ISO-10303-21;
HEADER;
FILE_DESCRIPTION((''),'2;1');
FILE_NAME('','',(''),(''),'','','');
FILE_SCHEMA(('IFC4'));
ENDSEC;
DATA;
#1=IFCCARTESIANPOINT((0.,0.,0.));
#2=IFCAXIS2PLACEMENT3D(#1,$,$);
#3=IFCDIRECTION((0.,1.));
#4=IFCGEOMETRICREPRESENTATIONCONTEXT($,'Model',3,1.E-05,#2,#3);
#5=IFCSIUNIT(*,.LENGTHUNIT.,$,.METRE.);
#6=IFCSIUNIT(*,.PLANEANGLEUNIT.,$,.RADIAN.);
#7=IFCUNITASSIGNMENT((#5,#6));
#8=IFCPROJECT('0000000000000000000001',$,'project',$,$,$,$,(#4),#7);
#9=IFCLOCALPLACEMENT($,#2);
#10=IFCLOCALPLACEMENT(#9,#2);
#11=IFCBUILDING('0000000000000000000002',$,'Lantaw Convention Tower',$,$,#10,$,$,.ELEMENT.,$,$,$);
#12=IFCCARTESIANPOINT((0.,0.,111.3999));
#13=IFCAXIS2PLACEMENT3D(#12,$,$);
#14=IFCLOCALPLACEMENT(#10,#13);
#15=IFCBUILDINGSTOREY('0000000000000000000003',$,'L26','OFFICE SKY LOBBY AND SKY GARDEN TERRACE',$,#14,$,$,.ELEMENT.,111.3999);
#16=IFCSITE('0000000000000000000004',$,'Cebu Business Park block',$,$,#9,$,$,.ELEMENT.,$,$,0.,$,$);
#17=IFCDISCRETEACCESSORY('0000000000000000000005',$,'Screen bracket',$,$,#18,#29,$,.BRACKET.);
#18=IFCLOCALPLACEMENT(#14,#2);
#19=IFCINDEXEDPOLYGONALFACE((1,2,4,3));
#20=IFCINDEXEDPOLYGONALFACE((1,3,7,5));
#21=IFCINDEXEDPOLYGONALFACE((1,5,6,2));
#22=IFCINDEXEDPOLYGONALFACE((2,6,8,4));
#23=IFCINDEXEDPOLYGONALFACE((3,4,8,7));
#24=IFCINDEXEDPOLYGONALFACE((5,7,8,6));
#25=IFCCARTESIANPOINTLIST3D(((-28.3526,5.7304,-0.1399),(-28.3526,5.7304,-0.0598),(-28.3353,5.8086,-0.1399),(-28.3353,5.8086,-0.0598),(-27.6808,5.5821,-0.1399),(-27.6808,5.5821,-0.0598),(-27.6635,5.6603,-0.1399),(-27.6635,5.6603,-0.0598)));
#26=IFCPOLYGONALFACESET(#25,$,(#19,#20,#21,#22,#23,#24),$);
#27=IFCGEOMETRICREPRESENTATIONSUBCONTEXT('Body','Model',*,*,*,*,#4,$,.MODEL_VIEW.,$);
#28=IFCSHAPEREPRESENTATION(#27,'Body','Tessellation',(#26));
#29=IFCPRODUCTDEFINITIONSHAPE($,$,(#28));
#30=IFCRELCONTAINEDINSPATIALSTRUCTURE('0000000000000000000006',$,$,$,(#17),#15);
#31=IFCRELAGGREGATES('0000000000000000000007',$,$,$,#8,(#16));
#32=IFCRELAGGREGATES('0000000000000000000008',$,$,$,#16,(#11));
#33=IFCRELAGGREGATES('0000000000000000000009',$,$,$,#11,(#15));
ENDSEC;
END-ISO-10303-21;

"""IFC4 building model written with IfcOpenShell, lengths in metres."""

from ifc_helpers import new_model, si_unit, direction, frame, origin, origin_2d, place, context, subcontext, project, spatial, rectangle, extrude, element, save


model = new_model("IFC4")

# Units and contexts
model_context = context("Model", 3, precision=1e-05, world=origin(), true_north=direction((0.0, 1.0)))
body_context = subcontext(model_context, "Body", "Model", "MODEL_VIEW")
ifc_project = project(units=[si_unit("LENGTHUNIT", "METRE"), si_unit("PLANEANGLEUNIT", "RADIAN")], contexts=[model_context])

# Site, building, storey
site_placement = place(None, origin())
site = spatial("IfcSite", under=ifc_project, at=site_placement, Name="Cebu Business Park block", CompositionType="ELEMENT", RefElevation=0.0)
building_placement = place(site_placement, origin())
building = spatial("IfcBuilding", under=site, at=building_placement, Name="Lantaw Convention Tower", CompositionType="ELEMENT")
storey_placement = place(building_placement, frame((0.0, 0.0, 111.3999)))
storey = spatial("IfcBuildingStorey", under=building, at=storey_placement, Name="L26", Description="OFFICE SKY LOBBY AND SKY GARDEN TERRACE", CompositionType="ELEMENT", Elevation=111.3999)

# Discrete accessory
discrete_accessory_placement = place(storey_placement, frame((-28.0081, 5.6953, -0.1399), z_axis=(0.0, 0.0, 1.0), x_axis=(-0.215546, -0.976494, 0.0)))
element("IfcDiscreteAccessory", 1, at=discrete_accessory_placement, inside=storey, Name="Screen bracket", PredefinedType="BRACKET", context=body_context, shape_type="SweptSolid", body=[
    extrude(rectangle(XDim=0.0801, YDim=0.688, at=origin_2d()), origin(), (0.0, 0.0, 1.0), 0.0801),
])

save(model, "model.ifc")
